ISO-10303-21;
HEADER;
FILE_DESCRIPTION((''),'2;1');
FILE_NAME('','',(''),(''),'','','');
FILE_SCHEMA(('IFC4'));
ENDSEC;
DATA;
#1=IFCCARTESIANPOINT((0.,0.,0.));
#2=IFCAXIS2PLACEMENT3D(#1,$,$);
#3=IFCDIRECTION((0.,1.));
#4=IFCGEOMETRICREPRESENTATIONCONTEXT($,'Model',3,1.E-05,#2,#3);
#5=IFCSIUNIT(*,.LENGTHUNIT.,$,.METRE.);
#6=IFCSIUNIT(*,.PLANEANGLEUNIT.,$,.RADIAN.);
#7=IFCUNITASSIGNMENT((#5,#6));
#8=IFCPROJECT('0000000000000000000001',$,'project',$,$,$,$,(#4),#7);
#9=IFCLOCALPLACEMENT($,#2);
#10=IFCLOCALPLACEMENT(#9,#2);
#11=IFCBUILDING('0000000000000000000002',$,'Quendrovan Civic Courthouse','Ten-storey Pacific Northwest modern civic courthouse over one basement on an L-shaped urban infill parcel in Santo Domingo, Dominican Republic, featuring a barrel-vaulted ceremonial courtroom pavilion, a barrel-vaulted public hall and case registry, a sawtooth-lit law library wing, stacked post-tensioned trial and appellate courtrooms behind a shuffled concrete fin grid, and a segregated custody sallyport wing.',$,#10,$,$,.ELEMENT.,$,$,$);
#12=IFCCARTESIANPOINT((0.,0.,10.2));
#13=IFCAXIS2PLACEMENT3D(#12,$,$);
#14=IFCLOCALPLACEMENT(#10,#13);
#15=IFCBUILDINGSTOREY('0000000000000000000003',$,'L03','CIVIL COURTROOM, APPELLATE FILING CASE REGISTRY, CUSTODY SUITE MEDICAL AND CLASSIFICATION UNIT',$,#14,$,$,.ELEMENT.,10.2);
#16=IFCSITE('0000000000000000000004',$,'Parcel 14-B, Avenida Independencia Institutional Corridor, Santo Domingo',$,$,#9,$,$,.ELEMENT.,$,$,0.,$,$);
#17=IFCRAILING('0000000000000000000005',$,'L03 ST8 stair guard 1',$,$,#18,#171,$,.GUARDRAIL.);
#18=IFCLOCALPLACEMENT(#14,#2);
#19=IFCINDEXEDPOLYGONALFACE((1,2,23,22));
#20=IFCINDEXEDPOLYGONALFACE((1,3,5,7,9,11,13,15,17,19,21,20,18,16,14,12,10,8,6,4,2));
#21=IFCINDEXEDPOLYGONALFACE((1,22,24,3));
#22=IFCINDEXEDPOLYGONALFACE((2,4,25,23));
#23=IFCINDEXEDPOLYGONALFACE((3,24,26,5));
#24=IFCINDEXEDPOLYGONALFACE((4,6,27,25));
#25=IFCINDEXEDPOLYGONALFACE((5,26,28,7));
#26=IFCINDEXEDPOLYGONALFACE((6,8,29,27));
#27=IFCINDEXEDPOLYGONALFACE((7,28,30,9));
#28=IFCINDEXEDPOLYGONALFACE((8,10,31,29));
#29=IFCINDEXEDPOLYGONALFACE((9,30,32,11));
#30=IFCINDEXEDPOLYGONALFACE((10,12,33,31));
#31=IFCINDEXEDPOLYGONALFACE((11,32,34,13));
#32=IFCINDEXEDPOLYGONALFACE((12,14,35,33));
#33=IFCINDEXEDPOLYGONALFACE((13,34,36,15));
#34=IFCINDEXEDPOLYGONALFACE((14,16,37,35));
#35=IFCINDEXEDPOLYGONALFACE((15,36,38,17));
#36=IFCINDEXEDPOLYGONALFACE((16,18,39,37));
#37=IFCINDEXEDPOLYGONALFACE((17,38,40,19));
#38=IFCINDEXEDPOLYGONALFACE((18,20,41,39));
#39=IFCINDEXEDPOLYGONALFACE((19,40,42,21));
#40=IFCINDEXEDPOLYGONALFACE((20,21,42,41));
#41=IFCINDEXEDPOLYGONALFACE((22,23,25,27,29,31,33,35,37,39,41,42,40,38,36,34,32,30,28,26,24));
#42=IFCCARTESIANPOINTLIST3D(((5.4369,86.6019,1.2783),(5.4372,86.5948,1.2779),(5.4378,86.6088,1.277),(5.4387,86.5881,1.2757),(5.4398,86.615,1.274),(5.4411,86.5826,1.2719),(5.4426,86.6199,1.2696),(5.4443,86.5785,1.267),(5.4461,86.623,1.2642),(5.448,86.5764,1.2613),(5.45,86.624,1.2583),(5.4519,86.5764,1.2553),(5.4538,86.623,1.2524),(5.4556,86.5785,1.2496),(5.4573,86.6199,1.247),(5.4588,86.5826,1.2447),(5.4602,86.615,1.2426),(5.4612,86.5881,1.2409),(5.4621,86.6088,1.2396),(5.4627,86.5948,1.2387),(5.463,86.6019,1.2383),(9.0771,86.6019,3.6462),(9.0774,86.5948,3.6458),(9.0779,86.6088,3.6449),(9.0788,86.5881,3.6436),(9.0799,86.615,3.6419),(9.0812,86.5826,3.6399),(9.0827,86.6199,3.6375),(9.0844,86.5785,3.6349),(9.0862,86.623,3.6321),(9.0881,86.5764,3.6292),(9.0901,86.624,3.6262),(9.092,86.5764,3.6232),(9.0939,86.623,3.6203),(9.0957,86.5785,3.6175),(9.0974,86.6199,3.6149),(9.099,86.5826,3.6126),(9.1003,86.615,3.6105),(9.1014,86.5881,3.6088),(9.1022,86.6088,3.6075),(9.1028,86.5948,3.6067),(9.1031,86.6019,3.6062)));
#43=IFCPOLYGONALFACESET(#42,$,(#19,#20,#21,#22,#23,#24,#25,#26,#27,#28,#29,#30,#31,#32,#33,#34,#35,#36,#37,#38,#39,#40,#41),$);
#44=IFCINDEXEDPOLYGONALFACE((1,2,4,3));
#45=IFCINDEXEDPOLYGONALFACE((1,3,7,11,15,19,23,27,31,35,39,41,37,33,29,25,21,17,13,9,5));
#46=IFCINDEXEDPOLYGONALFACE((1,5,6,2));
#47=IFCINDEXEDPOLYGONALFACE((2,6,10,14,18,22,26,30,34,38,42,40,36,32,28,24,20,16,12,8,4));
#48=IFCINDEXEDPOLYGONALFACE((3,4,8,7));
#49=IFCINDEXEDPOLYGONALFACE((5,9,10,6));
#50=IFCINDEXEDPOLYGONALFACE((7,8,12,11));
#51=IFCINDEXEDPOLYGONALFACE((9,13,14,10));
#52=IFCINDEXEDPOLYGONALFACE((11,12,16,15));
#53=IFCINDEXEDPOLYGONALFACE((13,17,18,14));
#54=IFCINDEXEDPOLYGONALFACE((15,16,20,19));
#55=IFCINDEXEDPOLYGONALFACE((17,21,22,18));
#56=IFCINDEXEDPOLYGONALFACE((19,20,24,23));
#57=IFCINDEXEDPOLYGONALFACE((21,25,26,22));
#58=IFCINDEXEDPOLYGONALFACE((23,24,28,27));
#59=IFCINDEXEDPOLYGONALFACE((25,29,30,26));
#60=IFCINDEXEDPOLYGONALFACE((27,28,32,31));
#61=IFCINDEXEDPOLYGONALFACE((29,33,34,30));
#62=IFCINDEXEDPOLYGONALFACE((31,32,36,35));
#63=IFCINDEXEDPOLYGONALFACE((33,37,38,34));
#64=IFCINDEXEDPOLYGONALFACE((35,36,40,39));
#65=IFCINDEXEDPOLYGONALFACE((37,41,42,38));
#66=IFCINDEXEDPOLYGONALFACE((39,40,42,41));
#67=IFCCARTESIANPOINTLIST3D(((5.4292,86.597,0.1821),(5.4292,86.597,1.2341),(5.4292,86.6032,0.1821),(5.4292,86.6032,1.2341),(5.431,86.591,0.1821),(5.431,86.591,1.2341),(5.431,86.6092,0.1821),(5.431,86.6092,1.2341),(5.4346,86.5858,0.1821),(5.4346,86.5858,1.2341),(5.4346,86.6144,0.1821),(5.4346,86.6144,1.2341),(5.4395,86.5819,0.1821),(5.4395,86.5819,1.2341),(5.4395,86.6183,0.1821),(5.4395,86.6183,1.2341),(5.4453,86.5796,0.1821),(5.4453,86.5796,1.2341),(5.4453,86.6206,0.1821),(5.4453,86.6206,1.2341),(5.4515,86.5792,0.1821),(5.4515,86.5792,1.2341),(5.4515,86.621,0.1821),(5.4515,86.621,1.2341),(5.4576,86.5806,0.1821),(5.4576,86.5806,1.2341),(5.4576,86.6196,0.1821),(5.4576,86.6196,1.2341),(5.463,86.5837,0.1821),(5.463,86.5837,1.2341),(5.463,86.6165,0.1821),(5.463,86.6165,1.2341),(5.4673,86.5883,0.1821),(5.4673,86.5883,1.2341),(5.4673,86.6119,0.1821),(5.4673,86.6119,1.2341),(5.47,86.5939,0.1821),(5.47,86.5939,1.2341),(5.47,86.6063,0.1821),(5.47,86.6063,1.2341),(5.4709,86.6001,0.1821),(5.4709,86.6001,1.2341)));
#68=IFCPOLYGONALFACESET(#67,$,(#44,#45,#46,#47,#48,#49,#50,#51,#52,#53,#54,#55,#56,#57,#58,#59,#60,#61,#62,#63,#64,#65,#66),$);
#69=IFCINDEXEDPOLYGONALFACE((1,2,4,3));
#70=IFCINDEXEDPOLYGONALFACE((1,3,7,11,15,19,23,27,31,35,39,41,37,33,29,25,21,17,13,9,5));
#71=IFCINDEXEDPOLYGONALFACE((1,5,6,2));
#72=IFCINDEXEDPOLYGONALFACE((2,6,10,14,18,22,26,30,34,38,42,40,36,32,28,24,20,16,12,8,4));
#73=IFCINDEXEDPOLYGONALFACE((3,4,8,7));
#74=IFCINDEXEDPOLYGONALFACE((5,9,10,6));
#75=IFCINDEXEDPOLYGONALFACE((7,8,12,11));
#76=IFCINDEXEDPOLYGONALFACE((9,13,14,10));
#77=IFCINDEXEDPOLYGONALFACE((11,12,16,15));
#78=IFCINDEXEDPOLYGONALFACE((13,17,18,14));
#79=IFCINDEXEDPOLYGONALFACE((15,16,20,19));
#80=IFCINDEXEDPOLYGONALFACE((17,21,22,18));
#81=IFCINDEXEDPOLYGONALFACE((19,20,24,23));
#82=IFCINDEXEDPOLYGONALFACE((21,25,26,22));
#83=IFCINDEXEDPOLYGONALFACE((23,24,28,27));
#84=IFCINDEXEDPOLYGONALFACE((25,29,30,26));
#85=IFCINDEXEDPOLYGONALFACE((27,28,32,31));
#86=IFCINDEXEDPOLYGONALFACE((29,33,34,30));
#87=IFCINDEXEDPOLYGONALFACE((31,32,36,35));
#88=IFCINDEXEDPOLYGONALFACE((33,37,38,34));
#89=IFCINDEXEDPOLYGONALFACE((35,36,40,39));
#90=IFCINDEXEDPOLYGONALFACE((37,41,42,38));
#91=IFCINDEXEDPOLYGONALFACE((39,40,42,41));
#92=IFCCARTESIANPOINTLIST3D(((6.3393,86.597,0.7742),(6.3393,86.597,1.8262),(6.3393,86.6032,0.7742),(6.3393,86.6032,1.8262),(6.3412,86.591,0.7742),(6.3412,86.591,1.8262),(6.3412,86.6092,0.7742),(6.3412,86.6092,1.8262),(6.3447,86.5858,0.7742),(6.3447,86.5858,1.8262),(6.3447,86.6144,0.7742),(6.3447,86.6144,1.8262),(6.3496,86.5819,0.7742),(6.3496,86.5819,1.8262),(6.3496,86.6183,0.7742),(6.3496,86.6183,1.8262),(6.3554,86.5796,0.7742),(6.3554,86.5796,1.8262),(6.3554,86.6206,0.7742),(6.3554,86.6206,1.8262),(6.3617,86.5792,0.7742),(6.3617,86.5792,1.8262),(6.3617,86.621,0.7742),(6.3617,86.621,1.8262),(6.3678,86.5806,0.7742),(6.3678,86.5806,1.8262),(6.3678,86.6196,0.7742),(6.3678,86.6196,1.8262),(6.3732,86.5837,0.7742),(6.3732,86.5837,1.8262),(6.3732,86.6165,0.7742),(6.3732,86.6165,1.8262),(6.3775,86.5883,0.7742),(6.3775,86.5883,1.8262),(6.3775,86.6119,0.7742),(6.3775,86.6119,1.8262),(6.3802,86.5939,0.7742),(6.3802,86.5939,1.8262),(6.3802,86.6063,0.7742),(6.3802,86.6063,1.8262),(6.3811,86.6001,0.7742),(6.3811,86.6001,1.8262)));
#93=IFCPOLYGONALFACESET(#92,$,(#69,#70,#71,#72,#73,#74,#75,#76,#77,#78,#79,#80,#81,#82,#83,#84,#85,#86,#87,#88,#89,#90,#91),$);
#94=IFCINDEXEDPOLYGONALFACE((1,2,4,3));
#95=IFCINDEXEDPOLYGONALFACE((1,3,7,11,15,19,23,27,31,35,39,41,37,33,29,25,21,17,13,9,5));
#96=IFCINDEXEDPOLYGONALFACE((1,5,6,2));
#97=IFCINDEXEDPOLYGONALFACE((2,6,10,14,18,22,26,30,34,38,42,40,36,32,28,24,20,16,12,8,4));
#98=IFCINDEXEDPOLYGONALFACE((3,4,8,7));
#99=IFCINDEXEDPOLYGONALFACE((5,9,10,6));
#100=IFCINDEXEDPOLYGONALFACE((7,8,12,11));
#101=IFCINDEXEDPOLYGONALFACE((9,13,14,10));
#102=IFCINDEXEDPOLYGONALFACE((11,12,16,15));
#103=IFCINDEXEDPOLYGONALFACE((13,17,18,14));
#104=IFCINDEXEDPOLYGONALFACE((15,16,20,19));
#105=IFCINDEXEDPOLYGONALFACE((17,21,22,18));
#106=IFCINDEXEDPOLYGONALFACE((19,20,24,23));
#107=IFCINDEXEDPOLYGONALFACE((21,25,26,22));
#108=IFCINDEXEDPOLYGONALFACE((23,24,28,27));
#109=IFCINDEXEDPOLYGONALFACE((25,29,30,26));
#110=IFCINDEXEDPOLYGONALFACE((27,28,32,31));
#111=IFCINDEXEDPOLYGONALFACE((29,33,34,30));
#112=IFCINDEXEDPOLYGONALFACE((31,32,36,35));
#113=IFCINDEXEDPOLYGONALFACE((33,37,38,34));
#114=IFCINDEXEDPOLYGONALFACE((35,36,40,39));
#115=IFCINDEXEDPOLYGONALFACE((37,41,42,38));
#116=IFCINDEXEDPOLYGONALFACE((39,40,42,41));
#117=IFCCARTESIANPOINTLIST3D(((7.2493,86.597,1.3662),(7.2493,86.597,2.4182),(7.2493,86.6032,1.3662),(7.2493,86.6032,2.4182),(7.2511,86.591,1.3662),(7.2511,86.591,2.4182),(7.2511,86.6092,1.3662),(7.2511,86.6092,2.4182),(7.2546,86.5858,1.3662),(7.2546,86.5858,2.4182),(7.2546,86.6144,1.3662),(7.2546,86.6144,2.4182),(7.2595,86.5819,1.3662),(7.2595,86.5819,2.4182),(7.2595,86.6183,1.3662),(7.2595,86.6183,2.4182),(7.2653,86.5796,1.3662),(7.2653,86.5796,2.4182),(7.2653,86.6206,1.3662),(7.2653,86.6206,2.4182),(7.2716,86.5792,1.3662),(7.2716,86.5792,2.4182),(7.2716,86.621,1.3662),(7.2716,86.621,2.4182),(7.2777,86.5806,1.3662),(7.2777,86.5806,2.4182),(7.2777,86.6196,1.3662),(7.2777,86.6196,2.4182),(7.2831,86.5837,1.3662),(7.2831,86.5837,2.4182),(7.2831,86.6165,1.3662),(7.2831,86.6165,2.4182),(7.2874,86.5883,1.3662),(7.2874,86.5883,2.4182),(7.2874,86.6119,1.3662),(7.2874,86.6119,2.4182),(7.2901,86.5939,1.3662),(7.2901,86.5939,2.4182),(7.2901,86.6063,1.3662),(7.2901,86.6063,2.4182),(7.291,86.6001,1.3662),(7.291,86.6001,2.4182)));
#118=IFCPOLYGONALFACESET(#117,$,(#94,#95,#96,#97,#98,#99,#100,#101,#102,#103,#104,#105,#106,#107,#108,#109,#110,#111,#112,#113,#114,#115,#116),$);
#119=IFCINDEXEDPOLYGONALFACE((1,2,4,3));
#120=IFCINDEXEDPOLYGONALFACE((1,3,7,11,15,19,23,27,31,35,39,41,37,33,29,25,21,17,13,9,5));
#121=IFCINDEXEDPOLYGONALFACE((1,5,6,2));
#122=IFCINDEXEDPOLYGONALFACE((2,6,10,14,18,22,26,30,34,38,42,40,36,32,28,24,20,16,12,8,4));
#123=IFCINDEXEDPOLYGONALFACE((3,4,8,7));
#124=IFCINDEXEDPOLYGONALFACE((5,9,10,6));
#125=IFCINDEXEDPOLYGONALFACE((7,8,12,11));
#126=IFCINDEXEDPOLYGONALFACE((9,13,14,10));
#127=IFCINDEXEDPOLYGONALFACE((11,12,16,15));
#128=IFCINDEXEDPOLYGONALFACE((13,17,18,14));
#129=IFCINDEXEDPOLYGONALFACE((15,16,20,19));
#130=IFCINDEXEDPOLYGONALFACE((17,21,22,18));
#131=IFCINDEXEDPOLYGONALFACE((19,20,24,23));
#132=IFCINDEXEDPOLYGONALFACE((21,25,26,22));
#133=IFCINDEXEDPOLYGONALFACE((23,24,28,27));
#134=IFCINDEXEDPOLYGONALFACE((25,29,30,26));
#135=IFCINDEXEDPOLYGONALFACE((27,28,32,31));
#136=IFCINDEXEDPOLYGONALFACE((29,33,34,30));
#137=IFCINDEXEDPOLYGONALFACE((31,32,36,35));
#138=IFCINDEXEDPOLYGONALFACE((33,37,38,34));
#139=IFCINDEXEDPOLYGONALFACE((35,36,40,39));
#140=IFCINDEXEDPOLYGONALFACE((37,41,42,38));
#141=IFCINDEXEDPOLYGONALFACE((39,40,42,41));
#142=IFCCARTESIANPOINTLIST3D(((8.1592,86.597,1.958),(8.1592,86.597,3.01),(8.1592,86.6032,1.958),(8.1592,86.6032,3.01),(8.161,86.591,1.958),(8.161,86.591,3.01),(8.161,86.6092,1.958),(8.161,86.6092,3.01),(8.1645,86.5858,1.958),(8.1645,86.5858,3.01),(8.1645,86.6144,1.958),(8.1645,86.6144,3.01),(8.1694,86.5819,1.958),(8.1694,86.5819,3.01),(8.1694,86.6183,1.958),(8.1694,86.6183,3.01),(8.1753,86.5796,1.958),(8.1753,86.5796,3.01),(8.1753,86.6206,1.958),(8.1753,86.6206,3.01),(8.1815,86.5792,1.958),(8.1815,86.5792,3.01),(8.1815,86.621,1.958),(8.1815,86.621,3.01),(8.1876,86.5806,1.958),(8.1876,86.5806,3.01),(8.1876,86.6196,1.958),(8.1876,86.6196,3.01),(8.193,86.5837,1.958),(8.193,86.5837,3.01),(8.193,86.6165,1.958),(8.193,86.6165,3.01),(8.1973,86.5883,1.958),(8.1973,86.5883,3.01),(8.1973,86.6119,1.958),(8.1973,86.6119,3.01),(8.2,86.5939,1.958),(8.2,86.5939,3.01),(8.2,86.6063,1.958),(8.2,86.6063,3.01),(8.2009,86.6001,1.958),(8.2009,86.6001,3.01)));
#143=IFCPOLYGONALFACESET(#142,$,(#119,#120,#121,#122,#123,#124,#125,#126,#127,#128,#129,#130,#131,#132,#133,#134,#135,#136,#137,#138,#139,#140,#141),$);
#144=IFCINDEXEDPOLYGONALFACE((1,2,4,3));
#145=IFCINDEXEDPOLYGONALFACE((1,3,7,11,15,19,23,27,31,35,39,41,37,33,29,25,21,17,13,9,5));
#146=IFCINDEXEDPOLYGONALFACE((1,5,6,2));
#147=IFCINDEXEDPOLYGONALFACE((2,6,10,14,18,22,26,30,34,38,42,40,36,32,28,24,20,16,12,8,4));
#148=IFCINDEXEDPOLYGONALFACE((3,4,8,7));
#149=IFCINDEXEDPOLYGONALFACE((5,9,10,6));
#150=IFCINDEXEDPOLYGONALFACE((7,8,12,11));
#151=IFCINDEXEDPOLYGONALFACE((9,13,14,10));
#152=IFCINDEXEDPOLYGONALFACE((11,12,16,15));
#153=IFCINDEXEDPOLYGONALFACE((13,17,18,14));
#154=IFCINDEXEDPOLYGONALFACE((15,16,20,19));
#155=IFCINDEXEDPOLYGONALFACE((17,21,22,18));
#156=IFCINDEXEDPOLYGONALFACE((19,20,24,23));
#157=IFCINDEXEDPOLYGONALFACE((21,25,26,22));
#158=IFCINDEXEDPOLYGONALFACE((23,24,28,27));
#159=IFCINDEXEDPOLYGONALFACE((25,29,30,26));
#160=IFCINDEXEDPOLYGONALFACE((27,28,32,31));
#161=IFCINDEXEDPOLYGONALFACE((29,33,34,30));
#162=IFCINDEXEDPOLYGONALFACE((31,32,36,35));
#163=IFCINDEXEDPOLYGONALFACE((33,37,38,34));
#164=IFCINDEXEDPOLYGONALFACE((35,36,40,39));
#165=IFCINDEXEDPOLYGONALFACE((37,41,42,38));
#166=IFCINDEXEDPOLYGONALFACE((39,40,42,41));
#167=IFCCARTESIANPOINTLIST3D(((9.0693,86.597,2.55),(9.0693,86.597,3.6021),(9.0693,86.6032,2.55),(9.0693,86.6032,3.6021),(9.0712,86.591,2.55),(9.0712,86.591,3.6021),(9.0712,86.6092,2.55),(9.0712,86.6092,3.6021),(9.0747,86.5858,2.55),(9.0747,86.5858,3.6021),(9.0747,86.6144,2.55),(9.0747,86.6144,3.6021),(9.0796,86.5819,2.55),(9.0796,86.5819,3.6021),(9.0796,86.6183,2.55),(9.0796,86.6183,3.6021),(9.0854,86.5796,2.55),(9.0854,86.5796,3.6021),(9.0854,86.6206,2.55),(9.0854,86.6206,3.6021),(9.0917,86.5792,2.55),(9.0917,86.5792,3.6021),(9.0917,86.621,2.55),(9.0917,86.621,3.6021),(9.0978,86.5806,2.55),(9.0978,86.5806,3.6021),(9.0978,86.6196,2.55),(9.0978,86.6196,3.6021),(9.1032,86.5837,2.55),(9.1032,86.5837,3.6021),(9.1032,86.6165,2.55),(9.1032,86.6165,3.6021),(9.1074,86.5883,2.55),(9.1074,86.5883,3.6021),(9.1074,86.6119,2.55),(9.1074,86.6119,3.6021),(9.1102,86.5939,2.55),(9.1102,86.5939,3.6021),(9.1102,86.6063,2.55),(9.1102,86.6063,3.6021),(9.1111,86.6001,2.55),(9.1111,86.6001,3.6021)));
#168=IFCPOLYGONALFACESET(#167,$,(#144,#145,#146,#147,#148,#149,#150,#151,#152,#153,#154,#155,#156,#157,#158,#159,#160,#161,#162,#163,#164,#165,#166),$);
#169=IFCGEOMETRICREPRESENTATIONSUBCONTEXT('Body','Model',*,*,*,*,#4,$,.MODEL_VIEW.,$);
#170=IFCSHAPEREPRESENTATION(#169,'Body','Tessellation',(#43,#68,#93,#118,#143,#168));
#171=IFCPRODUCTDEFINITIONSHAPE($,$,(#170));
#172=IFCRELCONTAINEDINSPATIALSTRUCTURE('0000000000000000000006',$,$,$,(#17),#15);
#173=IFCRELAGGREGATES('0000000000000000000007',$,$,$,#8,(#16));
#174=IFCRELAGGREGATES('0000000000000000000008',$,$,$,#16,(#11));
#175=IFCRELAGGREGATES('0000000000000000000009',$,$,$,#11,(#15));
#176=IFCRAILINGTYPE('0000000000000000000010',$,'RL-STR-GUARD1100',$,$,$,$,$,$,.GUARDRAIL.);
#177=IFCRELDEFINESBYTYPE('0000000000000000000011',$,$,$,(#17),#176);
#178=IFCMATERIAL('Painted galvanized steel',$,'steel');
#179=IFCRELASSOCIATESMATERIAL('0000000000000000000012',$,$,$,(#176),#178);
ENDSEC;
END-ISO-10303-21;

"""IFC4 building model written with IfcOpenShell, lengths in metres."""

from ifc_helpers import new_model, si_unit, direction, frame, origin, origin_2d, place, context, subcontext, project, spatial, circle, extrude, material, type_object, element, save


model = new_model("IFC4")

# Units and contexts
model_context = context("Model", 3, precision=1e-05, world=origin(), true_north=direction((0.0, 1.0)))
body_context = subcontext(model_context, "Body", "Model", "MODEL_VIEW")
ifc_project = project(units=[si_unit("LENGTHUNIT", "METRE"), si_unit("PLANEANGLEUNIT", "RADIAN")], contexts=[model_context])

# Site, building, storey
site_placement = place(None, origin())
site = spatial("IfcSite", under=ifc_project, at=site_placement, Name="Parcel 14-B, Avenida Independencia Institutional Corridor, Santo Domingo", CompositionType="ELEMENT", RefElevation=0.0)
building_placement = place(site_placement, origin())
building = spatial("IfcBuilding", under=site, at=building_placement, Name="Quendrovan Civic Courthouse", Description="Ten-storey Pacific Northwest modern civic courthouse over one basement on an L-shaped urban infill parcel in Santo Domingo, Dominican Republic, featuring a barrel-vaulted ceremonial courtroom pavilion, a barrel-vaulted public hall and case registry, a sawtooth-lit law library wing, stacked post-tensioned trial and appellate courtrooms behind a shuffled concrete fin grid, and a segregated custody sallyport wing.", CompositionType="ELEMENT")
storey_placement = place(building_placement, frame((0.0, 0.0, 10.2)))
storey = spatial("IfcBuildingStorey", under=building, at=storey_placement, Name="L03", Description="CIVIL COURTROOM, APPELLATE FILING CASE REGISTRY, CUSTODY SUITE MEDICAL AND CLASSIFICATION UNIT", CompositionType="ELEMENT", Elevation=10.2)

# Railing
ifc_material_1 = material(Name="Painted galvanized steel", Category="steel")
railing_type_1 = type_object("IfcRailingType", Name="RL-STR-GUARD1100", PredefinedType="GUARDRAIL", material=ifc_material_1)
railing_1_placement = place(storey_placement, frame((5.45, 86.6001, 0.1821)))
element("IfcRailing", 1, at=railing_1_placement, inside=storey, type_object=railing_type_1, Name="L03 ST8 stair guard 1", PredefinedType="GUARDRAIL", context=body_context, shape_type="SweptSolid", body=[
    extrude(circle(Radius=0.0239, at=origin_2d()), frame((0.0, 0.0, 1.0762), z_axis=(0.838251, 0.0, 0.545285), x_axis=(0.0, 1.0, 0.0)), (0.0, 0.0, 1.0), 4.3425),
    extrude(circle(Radius=0.021, at=origin_2d()), origin(), (0.0, 0.0, 1.0), 1.052),
    extrude(circle(Radius=0.021, at=origin_2d()), frame((0.9102, 0.0, 0.592)), (0.0, 0.0, 1.0), 1.052),
    extrude(circle(Radius=0.021, at=origin_2d()), frame((1.8201, 0.0, 1.1841)), (0.0, 0.0, 1.0), 1.052),
    extrude(circle(Radius=0.021, at=origin_2d()), frame((2.73, 0.0, 1.7759)), (0.0, 0.0, 1.0), 1.052),
    extrude(circle(Radius=0.021, at=origin_2d()), frame((3.6401, 0.0, 2.3679)), (0.0, 0.0, 1.0), 1.052),
])

save(model, "model.ifc")
